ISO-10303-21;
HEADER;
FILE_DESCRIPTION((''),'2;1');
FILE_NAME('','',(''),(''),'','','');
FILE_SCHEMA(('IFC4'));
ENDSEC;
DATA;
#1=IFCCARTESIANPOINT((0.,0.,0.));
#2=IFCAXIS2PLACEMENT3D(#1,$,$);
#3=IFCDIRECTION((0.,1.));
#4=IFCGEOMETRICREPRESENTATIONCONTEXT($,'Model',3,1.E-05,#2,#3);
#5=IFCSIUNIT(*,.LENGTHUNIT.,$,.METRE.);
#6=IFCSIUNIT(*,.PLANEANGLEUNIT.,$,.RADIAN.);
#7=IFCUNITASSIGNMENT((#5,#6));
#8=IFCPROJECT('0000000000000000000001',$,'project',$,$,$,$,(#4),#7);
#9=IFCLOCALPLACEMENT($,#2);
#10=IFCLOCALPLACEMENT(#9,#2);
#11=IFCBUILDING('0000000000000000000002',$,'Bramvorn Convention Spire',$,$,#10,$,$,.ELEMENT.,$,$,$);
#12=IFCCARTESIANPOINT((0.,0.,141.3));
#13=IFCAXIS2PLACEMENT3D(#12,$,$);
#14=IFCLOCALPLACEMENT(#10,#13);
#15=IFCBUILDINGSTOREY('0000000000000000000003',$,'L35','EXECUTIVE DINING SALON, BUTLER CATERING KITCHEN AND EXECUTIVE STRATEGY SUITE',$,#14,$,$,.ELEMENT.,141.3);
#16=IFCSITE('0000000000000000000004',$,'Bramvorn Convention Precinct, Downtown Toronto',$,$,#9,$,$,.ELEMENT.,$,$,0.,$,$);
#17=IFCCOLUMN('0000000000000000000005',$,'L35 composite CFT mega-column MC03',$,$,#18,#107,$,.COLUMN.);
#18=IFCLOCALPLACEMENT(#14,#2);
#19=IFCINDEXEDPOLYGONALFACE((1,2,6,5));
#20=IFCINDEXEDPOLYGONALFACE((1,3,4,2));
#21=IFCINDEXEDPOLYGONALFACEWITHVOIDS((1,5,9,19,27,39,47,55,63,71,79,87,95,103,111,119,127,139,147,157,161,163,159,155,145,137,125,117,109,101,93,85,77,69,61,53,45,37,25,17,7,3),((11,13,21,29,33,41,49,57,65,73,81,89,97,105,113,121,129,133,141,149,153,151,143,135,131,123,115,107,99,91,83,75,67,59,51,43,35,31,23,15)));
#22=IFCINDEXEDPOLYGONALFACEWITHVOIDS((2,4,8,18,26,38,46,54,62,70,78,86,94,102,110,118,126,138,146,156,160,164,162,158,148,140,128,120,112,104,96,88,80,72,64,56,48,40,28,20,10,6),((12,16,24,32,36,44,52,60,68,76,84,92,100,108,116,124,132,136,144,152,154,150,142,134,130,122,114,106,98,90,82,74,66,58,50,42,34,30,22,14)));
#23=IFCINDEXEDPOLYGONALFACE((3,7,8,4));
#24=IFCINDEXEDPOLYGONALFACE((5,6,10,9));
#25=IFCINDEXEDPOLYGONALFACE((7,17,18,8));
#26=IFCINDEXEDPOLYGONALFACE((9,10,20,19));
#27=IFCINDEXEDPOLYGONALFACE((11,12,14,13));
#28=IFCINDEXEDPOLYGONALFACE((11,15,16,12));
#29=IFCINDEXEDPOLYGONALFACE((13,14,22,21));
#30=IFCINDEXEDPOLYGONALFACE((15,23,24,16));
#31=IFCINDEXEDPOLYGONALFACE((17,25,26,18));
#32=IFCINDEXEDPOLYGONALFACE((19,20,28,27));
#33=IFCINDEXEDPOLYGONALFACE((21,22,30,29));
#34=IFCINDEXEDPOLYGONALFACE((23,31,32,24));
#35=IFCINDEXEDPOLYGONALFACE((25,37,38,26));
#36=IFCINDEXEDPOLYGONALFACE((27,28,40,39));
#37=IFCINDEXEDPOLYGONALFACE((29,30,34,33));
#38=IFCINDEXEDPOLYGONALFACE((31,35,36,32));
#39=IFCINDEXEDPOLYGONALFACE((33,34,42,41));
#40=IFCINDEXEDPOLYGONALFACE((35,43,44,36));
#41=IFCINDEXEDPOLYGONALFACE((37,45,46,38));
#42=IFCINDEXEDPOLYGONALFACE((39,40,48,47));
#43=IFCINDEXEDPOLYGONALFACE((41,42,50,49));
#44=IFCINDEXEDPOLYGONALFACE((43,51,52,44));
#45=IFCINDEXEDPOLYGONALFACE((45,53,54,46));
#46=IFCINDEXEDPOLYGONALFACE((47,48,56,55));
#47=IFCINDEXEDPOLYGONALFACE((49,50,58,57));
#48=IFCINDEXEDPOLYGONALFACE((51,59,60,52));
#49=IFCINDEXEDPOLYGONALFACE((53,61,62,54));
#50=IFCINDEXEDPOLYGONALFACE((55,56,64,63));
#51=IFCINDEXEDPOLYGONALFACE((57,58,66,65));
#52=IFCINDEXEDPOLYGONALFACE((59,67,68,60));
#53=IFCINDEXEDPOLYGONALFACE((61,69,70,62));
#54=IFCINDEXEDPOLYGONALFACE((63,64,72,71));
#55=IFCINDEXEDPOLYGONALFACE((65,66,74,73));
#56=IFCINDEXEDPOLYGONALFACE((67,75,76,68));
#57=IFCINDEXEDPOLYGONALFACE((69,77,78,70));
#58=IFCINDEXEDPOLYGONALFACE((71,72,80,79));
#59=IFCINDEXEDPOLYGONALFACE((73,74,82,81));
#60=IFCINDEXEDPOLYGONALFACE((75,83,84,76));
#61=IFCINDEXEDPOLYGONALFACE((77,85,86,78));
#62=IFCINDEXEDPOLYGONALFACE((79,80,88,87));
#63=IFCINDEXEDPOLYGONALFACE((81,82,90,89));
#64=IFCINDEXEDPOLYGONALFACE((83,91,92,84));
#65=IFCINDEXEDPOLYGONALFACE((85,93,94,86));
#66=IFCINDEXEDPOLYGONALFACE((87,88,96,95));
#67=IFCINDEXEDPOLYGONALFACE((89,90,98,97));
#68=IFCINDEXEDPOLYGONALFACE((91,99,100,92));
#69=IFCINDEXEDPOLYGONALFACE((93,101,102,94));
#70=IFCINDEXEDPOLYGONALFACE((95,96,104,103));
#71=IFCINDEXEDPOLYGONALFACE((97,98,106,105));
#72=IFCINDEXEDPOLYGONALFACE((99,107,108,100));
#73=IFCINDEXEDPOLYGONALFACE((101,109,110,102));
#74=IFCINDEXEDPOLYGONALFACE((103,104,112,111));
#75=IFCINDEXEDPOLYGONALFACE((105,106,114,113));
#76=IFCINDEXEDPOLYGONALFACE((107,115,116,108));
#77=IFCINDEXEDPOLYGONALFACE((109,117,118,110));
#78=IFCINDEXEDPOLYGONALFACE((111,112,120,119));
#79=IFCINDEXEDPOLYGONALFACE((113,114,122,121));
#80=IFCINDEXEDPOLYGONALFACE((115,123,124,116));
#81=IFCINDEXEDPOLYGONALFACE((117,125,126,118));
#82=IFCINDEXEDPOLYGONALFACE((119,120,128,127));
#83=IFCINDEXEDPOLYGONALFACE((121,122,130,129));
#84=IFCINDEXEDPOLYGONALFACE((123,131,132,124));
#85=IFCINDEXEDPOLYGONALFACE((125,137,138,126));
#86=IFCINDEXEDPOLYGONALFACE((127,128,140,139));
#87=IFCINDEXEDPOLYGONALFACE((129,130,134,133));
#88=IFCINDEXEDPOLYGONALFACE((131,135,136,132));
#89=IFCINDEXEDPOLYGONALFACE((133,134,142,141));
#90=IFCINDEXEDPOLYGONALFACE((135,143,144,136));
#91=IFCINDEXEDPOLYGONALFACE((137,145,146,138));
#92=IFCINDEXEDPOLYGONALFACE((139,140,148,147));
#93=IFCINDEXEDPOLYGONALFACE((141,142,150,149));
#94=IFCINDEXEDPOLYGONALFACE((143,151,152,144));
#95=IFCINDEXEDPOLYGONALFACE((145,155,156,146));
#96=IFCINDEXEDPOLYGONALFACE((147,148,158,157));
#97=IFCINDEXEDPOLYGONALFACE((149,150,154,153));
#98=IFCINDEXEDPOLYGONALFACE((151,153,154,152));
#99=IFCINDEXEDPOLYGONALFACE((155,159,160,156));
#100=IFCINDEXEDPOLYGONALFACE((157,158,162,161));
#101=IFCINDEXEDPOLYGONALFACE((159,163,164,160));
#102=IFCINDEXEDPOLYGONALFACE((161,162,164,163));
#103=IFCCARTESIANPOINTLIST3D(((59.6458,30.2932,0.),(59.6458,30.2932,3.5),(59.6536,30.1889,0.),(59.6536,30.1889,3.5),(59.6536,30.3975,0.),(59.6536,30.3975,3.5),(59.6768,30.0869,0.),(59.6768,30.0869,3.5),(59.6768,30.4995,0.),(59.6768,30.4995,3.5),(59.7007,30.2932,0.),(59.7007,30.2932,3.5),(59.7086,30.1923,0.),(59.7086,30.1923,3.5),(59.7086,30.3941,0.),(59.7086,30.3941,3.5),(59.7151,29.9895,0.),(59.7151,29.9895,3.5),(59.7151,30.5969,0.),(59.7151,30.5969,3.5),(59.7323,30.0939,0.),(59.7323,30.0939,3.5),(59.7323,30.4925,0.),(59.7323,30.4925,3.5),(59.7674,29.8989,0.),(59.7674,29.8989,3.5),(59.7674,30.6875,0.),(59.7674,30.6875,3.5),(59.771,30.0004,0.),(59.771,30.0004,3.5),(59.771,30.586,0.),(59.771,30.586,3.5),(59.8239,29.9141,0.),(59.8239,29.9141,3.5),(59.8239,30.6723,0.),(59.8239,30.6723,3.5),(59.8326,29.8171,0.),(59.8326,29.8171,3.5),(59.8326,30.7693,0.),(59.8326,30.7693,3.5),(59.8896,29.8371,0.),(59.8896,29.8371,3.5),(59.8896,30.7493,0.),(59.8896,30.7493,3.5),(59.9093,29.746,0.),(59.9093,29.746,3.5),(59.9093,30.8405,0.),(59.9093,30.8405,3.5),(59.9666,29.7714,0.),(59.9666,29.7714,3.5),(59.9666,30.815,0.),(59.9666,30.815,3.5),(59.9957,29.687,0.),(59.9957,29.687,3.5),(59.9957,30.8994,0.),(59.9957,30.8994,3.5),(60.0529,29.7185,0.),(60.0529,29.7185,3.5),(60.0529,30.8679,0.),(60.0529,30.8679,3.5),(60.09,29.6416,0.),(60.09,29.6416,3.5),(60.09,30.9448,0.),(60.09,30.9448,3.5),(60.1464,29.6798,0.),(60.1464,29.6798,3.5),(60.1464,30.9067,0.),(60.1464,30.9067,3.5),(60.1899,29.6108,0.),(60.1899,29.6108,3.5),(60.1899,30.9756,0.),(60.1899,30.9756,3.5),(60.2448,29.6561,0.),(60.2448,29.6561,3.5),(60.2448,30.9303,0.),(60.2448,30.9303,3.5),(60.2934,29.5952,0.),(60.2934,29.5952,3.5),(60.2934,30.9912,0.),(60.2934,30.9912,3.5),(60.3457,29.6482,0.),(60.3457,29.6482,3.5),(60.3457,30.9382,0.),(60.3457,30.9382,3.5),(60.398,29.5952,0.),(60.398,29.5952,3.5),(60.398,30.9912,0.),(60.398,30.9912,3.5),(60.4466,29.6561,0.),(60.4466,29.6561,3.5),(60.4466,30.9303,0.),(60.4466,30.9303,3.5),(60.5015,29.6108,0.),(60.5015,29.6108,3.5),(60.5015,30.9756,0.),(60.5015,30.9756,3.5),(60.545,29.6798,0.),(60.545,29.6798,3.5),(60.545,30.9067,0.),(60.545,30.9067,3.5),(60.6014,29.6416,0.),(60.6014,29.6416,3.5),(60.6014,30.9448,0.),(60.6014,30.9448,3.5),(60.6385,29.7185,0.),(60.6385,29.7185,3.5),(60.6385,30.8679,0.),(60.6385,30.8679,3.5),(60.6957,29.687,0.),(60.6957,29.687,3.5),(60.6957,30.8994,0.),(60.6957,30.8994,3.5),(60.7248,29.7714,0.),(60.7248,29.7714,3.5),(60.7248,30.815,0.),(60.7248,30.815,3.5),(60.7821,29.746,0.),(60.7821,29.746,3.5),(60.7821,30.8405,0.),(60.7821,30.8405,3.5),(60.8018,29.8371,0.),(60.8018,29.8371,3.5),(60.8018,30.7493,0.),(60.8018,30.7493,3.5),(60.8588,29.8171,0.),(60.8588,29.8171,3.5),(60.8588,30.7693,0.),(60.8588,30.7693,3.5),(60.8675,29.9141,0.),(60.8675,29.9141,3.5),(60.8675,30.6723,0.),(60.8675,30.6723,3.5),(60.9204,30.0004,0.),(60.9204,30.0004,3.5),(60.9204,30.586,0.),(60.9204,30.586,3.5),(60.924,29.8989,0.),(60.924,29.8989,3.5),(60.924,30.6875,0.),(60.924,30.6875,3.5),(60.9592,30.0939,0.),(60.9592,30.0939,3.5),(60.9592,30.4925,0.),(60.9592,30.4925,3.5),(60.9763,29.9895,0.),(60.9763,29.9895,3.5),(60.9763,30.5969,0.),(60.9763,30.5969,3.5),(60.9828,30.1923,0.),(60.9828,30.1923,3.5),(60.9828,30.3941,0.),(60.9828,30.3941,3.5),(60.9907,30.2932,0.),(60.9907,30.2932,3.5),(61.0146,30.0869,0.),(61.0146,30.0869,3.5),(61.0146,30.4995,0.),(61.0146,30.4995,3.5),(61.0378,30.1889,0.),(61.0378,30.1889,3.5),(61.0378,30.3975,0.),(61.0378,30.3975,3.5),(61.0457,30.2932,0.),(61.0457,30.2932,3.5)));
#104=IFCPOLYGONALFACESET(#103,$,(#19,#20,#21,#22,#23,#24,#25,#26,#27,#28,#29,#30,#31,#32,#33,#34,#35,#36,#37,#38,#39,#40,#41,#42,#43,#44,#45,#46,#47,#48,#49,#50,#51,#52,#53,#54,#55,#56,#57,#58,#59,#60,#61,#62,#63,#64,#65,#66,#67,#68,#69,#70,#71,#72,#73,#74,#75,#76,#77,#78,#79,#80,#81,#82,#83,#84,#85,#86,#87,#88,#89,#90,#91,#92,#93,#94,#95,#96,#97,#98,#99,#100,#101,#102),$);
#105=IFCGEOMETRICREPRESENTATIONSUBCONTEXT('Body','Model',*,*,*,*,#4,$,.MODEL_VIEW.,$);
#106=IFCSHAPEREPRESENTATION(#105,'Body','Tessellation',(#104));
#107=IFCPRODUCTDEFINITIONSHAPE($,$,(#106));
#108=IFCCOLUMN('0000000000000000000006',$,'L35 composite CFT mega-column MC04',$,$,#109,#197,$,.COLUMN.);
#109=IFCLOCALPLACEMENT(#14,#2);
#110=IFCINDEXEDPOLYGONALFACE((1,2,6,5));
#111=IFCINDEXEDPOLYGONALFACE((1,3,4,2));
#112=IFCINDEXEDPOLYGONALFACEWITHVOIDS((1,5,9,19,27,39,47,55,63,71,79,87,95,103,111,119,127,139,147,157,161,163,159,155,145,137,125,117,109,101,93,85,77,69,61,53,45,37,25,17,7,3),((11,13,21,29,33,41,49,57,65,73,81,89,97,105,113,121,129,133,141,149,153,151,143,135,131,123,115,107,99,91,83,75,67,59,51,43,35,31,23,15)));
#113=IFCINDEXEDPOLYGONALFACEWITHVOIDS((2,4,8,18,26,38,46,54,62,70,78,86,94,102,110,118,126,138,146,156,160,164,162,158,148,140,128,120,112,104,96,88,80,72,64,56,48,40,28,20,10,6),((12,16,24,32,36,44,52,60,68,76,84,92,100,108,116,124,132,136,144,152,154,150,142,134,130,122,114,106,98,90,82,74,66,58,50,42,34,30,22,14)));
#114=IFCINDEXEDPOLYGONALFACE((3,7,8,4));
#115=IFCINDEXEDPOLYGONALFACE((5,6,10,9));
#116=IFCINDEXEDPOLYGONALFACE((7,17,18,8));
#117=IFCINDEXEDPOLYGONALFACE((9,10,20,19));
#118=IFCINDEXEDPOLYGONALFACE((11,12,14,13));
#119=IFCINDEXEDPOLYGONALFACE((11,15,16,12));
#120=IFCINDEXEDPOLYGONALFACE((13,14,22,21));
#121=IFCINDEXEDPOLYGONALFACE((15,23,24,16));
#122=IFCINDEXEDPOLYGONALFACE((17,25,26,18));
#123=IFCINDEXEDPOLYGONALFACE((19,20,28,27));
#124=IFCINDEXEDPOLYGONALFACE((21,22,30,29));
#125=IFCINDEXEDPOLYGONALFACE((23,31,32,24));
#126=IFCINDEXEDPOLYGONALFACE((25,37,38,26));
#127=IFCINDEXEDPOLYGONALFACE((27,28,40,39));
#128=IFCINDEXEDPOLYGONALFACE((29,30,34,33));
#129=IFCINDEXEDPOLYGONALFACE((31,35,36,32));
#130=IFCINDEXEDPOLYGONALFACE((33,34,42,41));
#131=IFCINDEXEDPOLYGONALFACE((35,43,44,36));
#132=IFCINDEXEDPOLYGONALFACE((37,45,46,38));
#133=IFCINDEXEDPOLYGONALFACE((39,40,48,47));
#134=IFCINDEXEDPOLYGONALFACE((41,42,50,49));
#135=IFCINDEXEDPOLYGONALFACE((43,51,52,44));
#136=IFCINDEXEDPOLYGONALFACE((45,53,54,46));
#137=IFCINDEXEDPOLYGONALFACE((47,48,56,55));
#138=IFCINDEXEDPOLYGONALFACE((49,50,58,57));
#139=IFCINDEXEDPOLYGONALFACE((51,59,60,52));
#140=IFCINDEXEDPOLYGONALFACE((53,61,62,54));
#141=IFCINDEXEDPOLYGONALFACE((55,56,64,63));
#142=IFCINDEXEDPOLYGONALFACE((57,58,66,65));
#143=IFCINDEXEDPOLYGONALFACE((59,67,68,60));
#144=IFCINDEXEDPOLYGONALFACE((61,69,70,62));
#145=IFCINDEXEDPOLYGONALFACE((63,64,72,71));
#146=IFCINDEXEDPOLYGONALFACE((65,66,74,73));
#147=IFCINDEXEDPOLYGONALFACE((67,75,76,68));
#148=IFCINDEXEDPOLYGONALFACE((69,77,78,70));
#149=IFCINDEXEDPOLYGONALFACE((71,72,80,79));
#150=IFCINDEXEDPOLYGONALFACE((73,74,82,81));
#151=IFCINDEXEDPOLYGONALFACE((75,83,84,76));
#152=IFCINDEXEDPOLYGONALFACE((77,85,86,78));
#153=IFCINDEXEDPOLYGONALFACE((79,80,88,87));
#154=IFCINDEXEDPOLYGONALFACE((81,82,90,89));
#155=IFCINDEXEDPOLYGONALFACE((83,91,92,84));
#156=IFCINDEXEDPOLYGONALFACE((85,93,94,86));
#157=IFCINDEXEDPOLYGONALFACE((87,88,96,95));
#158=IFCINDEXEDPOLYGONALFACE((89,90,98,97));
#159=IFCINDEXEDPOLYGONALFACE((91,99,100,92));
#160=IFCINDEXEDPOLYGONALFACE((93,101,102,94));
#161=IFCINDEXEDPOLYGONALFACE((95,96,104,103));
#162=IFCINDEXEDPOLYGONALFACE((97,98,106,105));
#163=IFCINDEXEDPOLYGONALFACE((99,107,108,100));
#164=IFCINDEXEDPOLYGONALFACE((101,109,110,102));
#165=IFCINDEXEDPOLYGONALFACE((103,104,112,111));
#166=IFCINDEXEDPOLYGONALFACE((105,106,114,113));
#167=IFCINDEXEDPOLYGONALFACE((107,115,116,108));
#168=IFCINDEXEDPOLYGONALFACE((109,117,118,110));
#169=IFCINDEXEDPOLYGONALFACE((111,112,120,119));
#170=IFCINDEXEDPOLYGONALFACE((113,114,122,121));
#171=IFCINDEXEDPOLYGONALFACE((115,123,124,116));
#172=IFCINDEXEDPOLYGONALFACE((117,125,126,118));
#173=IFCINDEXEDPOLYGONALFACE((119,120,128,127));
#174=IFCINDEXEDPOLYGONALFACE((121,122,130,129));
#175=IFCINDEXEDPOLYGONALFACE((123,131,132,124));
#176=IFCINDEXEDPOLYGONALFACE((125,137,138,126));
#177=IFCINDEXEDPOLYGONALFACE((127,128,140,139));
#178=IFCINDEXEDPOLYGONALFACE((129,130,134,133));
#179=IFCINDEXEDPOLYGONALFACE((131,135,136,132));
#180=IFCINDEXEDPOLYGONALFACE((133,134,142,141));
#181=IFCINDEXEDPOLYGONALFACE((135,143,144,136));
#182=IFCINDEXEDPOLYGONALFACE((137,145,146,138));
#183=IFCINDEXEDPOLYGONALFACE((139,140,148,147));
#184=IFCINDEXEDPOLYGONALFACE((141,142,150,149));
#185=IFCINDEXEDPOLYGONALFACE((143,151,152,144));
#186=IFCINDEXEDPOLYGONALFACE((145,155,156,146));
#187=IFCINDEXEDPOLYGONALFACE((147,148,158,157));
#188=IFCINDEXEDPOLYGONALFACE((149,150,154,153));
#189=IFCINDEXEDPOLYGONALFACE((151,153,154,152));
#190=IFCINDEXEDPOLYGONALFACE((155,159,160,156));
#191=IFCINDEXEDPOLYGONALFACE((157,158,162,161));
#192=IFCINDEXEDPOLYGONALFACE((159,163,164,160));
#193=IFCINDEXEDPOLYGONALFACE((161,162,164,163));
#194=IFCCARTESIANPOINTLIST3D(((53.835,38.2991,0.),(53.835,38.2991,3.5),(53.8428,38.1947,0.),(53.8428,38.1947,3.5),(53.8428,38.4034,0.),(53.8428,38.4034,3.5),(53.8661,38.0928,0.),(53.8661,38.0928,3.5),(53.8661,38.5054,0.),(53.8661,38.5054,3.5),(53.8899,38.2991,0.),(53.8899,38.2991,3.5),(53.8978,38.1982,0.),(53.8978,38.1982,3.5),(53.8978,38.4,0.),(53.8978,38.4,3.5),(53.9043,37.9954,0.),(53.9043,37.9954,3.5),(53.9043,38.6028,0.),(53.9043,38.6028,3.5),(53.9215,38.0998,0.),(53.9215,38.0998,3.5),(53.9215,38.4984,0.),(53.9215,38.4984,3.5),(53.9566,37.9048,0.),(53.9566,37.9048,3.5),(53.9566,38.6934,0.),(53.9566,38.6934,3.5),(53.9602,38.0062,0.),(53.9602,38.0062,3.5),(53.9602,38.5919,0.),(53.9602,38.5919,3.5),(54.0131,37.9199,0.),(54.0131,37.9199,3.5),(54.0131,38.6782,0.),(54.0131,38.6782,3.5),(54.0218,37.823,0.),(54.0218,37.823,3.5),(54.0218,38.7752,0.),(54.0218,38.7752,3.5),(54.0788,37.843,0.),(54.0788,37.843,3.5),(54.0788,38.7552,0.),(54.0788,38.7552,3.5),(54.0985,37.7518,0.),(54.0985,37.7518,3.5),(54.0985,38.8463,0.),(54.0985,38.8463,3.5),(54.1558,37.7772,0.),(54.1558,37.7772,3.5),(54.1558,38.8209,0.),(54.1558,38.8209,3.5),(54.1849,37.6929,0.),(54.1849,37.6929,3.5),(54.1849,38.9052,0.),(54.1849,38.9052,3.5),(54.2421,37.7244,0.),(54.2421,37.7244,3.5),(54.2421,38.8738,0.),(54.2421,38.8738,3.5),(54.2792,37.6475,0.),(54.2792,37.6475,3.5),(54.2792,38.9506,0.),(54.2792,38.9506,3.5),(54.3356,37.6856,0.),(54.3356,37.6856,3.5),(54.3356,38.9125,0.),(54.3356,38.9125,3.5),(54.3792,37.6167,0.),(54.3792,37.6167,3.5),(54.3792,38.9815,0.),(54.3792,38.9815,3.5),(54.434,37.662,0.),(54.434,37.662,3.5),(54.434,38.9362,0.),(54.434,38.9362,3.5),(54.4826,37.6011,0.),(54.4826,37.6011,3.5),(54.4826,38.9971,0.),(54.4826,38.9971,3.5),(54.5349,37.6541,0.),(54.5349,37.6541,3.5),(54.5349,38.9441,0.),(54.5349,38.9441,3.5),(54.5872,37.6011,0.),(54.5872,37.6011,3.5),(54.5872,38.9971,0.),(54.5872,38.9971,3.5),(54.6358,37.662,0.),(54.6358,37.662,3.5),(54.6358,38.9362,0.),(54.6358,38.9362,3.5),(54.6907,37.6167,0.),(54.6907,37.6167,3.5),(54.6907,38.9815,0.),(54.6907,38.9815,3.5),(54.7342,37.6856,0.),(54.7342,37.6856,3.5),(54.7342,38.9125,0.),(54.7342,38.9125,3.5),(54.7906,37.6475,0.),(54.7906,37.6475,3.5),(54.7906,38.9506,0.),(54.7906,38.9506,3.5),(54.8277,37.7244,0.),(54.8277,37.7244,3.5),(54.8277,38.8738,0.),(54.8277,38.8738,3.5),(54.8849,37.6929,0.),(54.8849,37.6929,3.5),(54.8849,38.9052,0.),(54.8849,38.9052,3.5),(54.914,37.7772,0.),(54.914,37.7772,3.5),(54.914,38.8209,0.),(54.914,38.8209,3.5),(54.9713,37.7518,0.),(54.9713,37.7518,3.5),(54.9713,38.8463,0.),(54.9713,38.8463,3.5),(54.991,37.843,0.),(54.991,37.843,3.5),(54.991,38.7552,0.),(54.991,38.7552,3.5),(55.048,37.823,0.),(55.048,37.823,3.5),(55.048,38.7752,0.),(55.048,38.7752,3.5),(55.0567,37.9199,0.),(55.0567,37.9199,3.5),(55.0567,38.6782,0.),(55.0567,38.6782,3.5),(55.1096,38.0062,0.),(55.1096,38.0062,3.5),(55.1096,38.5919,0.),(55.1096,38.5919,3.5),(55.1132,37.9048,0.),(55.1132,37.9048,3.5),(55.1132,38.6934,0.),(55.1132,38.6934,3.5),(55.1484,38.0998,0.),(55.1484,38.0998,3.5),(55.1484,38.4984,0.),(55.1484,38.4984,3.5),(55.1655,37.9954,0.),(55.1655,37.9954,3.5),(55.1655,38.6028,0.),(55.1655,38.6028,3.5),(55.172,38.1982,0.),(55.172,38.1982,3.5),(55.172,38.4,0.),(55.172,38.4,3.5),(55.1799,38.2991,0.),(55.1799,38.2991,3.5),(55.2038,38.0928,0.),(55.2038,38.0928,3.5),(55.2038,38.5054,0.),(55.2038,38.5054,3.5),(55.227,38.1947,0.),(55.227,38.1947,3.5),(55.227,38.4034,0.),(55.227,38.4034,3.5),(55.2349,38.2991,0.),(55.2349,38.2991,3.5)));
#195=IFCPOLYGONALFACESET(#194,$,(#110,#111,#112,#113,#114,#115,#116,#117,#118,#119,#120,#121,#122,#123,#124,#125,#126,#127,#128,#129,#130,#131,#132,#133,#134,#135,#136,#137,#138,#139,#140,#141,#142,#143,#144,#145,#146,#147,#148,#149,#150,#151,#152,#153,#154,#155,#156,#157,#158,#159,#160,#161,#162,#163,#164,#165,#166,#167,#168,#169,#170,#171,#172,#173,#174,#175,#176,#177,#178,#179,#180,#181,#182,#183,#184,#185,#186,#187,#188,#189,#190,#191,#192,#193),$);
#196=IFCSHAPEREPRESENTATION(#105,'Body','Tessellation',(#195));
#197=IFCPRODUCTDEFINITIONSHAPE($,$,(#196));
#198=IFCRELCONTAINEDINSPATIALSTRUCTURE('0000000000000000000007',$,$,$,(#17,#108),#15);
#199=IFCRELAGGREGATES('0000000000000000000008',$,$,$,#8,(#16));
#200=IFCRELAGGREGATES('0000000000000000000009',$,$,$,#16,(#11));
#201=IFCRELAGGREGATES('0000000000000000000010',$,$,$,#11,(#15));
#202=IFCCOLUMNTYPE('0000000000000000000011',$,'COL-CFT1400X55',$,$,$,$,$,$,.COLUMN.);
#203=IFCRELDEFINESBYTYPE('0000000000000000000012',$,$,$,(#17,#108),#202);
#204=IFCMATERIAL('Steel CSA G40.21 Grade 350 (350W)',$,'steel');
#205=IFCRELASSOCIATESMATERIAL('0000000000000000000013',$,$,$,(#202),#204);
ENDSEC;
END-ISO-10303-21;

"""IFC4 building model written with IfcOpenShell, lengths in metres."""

from ifc_helpers import new_model, si_unit, direction, frame, origin, origin_2d, place, context, subcontext, project, spatial, hollow_circle, extrude, material, material_profile, profile_set, type_object, element, save


model = new_model("IFC4")

# Units and contexts
model_context = context("Model", 3, precision=1e-05, world=origin(), true_north=direction((0.0, 1.0)))
body_context = subcontext(model_context, "Body", "Model", "MODEL_VIEW")
ifc_project = project(units=[si_unit("LENGTHUNIT", "METRE"), si_unit("PLANEANGLEUNIT", "RADIAN")], contexts=[model_context])

# Site, building, storey
site_placement = place(None, origin())
site = spatial("IfcSite", under=ifc_project, at=site_placement, Name="Bramvorn Convention Precinct, Downtown Toronto", CompositionType="ELEMENT", RefElevation=0.0)
building_placement = place(site_placement, origin())
building = spatial("IfcBuilding", under=site, at=building_placement, Name="Bramvorn Convention Spire", CompositionType="ELEMENT")
storey_placement = place(building_placement, frame((0.0, 0.0, 141.3)))
storey = spatial("IfcBuildingStorey", under=building, at=storey_placement, Name="L35", Description="EXECUTIVE DINING SALON, BUTLER CATERING KITCHEN AND EXECUTIVE STRATEGY SUITE", CompositionType="ELEMENT", Elevation=141.3)

# Columns
ifc_material_1 = material(Name="Steel CSA G40.21 Grade 350 (350W)", Category="steel")
ifc_material_profile_1 = material_profile(ifc_material_1, hollow_circle(Radius=0.7, WallThickness=0.0549, at=origin_2d()))
ifc_profile_set_1 = profile_set([ifc_material_profile_1], Name="Steel CSA G40.21 Grade 350 (350W) - CFT1400X55")
column_type = type_object("IfcColumnType", Name="COL-CFT1400X55", PredefinedType="COLUMN", material=ifc_profile_set_1)
for number, where, z_axis, x_axis, name in (
    (1, (60.3457, 30.2932, 0.0), (0.0, 0.0, 1.0), (1.0, 0.0, 0.0), "L35 composite CFT mega-column MC03"),
    (2, (54.5349, 38.2991, 0.0), (0.0, 0.0, 1.0), (1.0, 0.0, 0.0), "L35 composite CFT mega-column MC04"),
):
    element("IfcColumn", number, at=place(storey_placement, frame(where, z_axis=z_axis, x_axis=x_axis)), inside=storey, type_object=column_type, Name=name, PredefinedType="COLUMN", context=body_context, shape_type="SweptSolid", body=[
        extrude(hollow_circle(Radius=0.7, WallThickness=0.0549, at=origin_2d()), origin(), (0.0, 0.0, 1.0), 3.5),
    ])

save(model, "model.ifc")
